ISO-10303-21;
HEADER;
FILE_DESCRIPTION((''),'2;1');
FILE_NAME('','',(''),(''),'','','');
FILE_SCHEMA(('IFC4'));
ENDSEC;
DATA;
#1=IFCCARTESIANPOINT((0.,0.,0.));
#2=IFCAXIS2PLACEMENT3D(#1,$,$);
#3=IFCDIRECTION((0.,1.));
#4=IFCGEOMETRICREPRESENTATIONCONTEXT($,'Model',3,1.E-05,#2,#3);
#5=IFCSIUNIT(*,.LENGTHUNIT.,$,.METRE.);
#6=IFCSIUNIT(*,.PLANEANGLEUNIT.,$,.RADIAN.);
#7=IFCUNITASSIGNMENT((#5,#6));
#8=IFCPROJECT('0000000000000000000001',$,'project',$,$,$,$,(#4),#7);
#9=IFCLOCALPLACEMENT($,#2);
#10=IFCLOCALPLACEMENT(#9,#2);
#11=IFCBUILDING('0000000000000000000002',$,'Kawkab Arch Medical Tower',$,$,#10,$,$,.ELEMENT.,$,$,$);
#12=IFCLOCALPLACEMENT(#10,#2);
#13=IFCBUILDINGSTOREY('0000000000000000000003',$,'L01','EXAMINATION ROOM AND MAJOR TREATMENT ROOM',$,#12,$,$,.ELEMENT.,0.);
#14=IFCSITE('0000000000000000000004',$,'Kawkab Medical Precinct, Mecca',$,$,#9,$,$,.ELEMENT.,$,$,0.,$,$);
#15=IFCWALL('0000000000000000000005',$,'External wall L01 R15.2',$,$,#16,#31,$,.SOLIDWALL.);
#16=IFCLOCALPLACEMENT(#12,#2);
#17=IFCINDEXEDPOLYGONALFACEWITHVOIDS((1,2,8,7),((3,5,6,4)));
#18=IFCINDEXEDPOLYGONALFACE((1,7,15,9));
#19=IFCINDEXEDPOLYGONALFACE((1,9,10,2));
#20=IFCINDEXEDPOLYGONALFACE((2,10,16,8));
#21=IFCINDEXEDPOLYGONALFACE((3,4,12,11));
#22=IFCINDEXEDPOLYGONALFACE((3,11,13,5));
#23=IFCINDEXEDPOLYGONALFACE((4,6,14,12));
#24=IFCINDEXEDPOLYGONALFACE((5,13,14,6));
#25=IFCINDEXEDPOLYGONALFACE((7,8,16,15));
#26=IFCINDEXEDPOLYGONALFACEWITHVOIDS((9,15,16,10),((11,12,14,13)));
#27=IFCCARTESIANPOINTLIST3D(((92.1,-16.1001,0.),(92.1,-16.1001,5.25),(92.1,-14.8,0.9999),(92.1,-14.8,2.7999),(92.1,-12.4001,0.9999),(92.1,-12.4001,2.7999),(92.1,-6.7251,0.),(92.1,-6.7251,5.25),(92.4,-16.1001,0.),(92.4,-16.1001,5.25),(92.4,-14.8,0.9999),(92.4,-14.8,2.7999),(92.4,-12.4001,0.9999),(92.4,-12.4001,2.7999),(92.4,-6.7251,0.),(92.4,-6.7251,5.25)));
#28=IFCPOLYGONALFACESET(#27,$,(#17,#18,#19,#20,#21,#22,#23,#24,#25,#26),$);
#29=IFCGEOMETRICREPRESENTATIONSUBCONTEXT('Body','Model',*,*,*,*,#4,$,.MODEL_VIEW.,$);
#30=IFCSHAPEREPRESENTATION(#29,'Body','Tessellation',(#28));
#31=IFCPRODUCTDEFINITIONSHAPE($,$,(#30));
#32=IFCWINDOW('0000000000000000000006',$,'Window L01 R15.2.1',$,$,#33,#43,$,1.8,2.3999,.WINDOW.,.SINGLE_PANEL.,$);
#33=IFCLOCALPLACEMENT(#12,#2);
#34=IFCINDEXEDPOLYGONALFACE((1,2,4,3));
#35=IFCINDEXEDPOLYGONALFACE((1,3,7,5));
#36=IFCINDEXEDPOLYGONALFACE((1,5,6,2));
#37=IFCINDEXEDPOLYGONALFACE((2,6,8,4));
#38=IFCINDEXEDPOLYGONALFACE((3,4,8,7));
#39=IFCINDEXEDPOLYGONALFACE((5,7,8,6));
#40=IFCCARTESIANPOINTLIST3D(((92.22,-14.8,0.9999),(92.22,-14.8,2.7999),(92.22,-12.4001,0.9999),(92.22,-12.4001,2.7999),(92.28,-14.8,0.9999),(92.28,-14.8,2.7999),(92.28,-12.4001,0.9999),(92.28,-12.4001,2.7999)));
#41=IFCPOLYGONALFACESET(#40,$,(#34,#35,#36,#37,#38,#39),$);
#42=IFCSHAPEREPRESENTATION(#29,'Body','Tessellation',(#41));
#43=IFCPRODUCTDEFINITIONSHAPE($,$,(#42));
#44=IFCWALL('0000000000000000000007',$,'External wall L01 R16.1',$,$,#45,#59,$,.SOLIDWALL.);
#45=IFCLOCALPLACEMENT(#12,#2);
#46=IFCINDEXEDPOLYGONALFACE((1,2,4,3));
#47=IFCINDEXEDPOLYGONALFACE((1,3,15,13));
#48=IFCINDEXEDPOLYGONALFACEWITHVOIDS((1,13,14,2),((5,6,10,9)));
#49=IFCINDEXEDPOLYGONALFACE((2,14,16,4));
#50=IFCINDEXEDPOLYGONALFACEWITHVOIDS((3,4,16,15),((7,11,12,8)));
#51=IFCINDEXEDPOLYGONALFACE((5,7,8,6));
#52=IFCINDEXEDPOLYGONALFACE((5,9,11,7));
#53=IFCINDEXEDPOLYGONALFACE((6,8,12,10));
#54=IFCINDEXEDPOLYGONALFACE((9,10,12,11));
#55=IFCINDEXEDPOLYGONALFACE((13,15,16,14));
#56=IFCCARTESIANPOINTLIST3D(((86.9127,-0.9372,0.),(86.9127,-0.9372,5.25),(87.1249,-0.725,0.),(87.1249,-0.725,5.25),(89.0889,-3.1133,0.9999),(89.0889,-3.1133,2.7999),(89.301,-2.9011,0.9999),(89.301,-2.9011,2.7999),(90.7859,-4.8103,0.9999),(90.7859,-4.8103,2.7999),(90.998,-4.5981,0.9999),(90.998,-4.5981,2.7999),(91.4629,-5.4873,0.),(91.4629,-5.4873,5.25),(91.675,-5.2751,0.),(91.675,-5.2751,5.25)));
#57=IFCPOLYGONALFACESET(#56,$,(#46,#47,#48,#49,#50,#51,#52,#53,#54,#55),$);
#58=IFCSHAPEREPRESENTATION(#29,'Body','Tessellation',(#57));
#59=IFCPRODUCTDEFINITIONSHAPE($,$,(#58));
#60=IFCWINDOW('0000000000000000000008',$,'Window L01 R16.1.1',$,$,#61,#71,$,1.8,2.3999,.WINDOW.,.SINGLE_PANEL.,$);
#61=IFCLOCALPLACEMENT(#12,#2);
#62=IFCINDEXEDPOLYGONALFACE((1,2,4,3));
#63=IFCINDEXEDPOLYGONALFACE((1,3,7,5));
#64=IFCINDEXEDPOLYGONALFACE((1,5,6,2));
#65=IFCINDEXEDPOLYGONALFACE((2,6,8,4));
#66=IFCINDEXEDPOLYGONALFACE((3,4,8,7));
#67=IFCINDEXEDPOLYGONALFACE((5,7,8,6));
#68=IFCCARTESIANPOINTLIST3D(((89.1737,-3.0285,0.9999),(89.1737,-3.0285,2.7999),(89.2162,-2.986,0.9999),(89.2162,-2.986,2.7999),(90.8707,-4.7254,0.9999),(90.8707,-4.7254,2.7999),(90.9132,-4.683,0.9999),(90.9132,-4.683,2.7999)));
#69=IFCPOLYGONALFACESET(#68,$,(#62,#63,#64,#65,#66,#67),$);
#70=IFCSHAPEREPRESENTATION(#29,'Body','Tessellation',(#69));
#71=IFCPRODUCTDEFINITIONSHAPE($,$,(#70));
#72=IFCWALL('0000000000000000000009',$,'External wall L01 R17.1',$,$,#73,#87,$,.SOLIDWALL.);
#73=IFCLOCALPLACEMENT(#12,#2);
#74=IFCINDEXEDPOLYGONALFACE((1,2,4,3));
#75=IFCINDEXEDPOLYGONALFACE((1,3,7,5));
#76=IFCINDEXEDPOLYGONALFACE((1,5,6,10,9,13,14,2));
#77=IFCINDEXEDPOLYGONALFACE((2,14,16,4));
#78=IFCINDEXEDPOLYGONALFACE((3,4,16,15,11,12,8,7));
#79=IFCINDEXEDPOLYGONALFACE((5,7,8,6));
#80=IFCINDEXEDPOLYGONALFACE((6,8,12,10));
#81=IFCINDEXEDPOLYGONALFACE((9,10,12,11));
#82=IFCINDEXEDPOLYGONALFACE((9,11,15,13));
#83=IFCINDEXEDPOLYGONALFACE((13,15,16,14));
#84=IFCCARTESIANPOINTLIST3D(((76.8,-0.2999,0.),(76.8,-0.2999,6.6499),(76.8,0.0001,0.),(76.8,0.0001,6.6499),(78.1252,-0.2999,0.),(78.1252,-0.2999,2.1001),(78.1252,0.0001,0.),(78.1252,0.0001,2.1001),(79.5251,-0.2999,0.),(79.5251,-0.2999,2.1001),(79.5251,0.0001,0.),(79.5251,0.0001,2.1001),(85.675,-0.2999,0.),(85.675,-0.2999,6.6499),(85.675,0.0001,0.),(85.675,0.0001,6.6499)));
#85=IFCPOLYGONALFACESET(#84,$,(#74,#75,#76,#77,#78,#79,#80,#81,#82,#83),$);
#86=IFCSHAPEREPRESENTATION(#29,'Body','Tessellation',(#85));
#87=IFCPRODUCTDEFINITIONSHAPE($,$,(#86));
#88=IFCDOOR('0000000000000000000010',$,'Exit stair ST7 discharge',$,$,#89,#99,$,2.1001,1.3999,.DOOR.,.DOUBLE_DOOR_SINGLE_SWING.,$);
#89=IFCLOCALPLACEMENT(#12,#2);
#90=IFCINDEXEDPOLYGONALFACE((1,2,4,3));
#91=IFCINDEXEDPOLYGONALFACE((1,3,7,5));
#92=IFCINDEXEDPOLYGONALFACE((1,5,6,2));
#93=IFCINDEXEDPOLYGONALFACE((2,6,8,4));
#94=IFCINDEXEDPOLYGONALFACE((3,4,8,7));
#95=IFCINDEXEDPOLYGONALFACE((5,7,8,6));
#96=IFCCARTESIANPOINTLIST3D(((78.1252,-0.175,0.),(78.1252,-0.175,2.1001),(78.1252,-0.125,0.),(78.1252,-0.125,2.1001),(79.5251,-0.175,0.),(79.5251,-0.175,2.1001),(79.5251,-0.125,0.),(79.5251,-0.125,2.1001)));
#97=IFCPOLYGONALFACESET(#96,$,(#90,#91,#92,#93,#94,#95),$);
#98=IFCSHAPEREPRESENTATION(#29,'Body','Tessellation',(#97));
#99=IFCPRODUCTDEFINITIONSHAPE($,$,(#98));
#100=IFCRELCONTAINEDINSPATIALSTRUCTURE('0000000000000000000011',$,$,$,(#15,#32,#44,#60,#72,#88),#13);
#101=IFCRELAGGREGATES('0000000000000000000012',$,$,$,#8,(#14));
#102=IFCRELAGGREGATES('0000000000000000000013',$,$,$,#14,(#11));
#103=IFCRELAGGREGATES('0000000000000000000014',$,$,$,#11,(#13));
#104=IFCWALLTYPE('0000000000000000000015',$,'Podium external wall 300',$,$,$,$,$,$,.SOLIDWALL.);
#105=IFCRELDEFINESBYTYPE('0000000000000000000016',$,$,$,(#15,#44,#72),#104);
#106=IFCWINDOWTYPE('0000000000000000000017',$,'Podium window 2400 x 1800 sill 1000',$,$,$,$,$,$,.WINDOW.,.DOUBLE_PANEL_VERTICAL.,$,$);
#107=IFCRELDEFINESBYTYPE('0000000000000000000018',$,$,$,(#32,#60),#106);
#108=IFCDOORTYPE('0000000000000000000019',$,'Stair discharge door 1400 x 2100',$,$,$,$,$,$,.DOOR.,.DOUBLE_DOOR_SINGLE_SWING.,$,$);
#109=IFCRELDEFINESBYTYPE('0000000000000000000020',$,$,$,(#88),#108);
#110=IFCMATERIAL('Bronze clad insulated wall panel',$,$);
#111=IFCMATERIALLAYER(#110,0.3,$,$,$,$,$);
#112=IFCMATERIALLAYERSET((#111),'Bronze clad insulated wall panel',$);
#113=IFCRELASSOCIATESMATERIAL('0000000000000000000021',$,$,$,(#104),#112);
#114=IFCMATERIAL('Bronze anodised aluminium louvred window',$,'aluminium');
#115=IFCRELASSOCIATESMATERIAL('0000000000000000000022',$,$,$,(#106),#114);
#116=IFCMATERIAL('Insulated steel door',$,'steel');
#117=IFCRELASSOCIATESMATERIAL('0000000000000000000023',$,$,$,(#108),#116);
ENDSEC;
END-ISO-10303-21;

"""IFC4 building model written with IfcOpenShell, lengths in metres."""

from ifc_helpers import new_model, si_unit, direction, frame, frame_2d, origin, place, context, subcontext, project, spatial, rectangle, extrude, material, layer, layer_set, type_object, element, fill, save


model = new_model("IFC4")

# Units and contexts
model_context = context("Model", 3, precision=1e-05, world=origin(), true_north=direction((0.0, 1.0)))
body_context = subcontext(model_context, "Body", "Model", "MODEL_VIEW")
ifc_project = project(units=[si_unit("LENGTHUNIT", "METRE"), si_unit("PLANEANGLEUNIT", "RADIAN")], contexts=[model_context])

# Site, building, storey
site_placement = place(None, origin())
site = spatial("IfcSite", under=ifc_project, at=site_placement, Name="Kawkab Medical Precinct, Mecca", CompositionType="ELEMENT", RefElevation=0.0)
building_placement = place(site_placement, origin())
building = spatial("IfcBuilding", under=site, at=building_placement, Name="Kawkab Arch Medical Tower", CompositionType="ELEMENT")
storey_placement = place(building_placement, origin())
storey = spatial("IfcBuildingStorey", under=building, at=storey_placement, Name="L01", Description="EXAMINATION ROOM AND MAJOR TREATMENT ROOM", CompositionType="ELEMENT", Elevation=0.0)

# Walls, openings, windows
ifc_material_1 = material(Name="Bronze clad insulated wall panel")
ifc_layer_1 = layer(ifc_material_1, 0.3)
ifc_layer_set_1 = layer_set([ifc_layer_1], Name="Bronze clad insulated wall panel")
wall_type_1 = type_object("IfcWallType", Name="Podium external wall 300", PredefinedType="SOLIDWALL", material=ifc_layer_set_1)
wall_1_placement = place(storey_placement, frame((92.25, -16.1001, 0.0), z_axis=(0.0, 0.0, 1.0), x_axis=(0.0, 1.0, 0.0)))
wall_1 = element("IfcWall", 1, at=wall_1_placement, inside=storey, type_object=wall_type_1, Name="External wall L01 R15.2", PredefinedType="SOLIDWALL", context=body_context, shape_type="SweptSolid", body=[
    extrude(rectangle(XDim=9.375, YDim=0.3, at=frame_2d((4.6875, 0.0))), origin(), (0.0, 0.0, 1.0), 5.25),
])
opening_1_placement = place(wall_1_placement, frame((1.3, 0.0, 1.0)))
opening_1 = element("IfcOpeningElement", 2, at=opening_1_placement, cuts=wall_1, PredefinedType="OPENING", context=body_context, shape_type="SweptSolid", body=[
    extrude(rectangle(XDim=2.3999, YDim=1.8, at=frame_2d((1.2, 0.8999))), frame((0.0, 0.1599, 0.0), z_axis=(0.0, -1.0, 0.0), x_axis=(1.0, 0.0, 0.0)), (0.0, 0.0, 1.0), 0.3201),
])
ifc_material_2 = material(Name="Bronze anodised aluminium louvred window", Category="aluminium")
window_type = type_object("IfcWindowType", Name="Podium window 2400 x 1800 sill 1000", PartitioningType="DOUBLE_PANEL_VERTICAL", PredefinedType="WINDOW", material=ifc_material_2)
window_1_placement = place(opening_1_placement, origin())
window_1 = element("IfcWindow", 3, at=window_1_placement, inside=storey, type_object=window_type, Name="Window L01 R15.2.1", OverallHeight=1.8, OverallWidth=2.3999, PartitioningType="SINGLE_PANEL", PredefinedType="WINDOW", context=body_context, shape_type="SweptSolid", body=[
    extrude(rectangle(XDim=2.3999, YDim=1.8, at=frame_2d((1.2, 0.8999))), frame((0.0, 0.03, 0.0), z_axis=(0.0, -1.0, 0.0), x_axis=(1.0, 0.0, 0.0)), (0.0, 0.0, 1.0), 0.0601),
])
fill(opening_1, window_1)
wall_2_placement = place(storey_placement, frame((91.5688, -5.3811, 0.0), z_axis=(0.0, 0.0, 1.0), x_axis=(-0.707107, 0.707107, 0.0)))
wall_2 = element("IfcWall", 4, at=wall_2_placement, inside=storey, type_object=wall_type_1, Name="External wall L01 R16.1", PredefinedType="SOLIDWALL", context=body_context, shape_type="SweptSolid", body=[
    extrude(rectangle(XDim=6.4348, YDim=0.3, at=frame_2d((3.2173, 0.0))), origin(), (0.0, 0.0, 1.0), 5.25),
])
opening_2_placement = place(wall_2_placement, frame((0.9573, 0.0, 1.0)))
opening_2 = element("IfcOpeningElement", 5, at=opening_2_placement, cuts=wall_2, PredefinedType="OPENING", context=body_context, shape_type="SweptSolid", body=[
    extrude(rectangle(XDim=2.3999, YDim=1.8, at=frame_2d((1.2, 0.8999))), frame((0.0, 0.1599, 0.0), z_axis=(0.0, -1.0, 0.0), x_axis=(1.0, 0.0, 0.0)), (0.0, 0.0, 1.0), 0.3201),
])
window_2_placement = place(opening_2_placement, origin())
window_2 = element("IfcWindow", 6, at=window_2_placement, inside=storey, type_object=window_type, Name="Window L01 R16.1.1", OverallHeight=1.8, OverallWidth=2.3999, PartitioningType="SINGLE_PANEL", PredefinedType="WINDOW", context=body_context, shape_type="SweptSolid", body=[
    extrude(rectangle(XDim=2.3999, YDim=1.8, at=frame_2d((1.2, 0.8999))), frame((0.0, 0.03, 0.0), z_axis=(0.0, -1.0, 0.0), x_axis=(1.0, 0.0, 0.0)), (0.0, 0.0, 1.0), 0.0601),
])
fill(opening_2, window_2)

# Wall, opening, door
wall_3_placement = place(storey_placement, frame((85.675, -0.1499, 0.0), z_axis=(0.0, 0.0, 1.0), x_axis=(-1.0, 0.0, 0.0)))
wall_3 = element("IfcWall", 7, at=wall_3_placement, inside=storey, type_object=wall_type_1, Name="External wall L01 R17.1", PredefinedType="SOLIDWALL", context=body_context, shape_type="SweptSolid", body=[
    extrude(rectangle(XDim=8.875, YDim=0.3, at=frame_2d((4.4375, 0.0))), origin(), (0.0, 0.0, 1.0), 6.6499),
])
opening_3_placement = place(wall_3_placement, frame((6.1499, 0.0, 0.0)))
opening_3 = element("IfcOpeningElement", 8, at=opening_3_placement, cuts=wall_3, PredefinedType="OPENING", context=body_context, shape_type="SweptSolid", body=[
    extrude(rectangle(XDim=1.3999, YDim=2.1001, at=frame_2d((0.7, 1.05))), frame((0.0, 0.1599, 0.0), z_axis=(0.0, -1.0, 0.0), x_axis=(1.0, 0.0, 0.0)), (0.0, 0.0, 1.0), 0.3201),
])
ifc_material_3 = material(Name="Insulated steel door", Category="steel")
door_type_1 = type_object("IfcDoorType", Name="Stair discharge door 1400 x 2100", OperationType="DOUBLE_DOOR_SINGLE_SWING", PredefinedType="DOOR", material=ifc_material_3)
door_1_placement = place(opening_3_placement, frame((1.3999, 0.0, 0.0), z_axis=(0.0, 0.0, 1.0), x_axis=(-1.0, 0.0, 0.0)))
door_1 = element("IfcDoor", 9, at=door_1_placement, inside=storey, type_object=door_type_1, Name="Exit stair ST7 discharge", OperationType="DOUBLE_DOOR_SINGLE_SWING", OverallHeight=2.1001, OverallWidth=1.3999, PredefinedType="DOOR", context=body_context, shape_type="SweptSolid", body=[
    extrude(rectangle(XDim=1.3999, YDim=2.1001, at=frame_2d((0.7, 1.05))), frame((0.0, 0.0249, 0.0), z_axis=(0.0, -1.0, 0.0), x_axis=(1.0, 0.0, 0.0)), (0.0, 0.0, 1.0), 0.05),
])
fill(opening_3, door_1)

save(model, "model.ifc")
